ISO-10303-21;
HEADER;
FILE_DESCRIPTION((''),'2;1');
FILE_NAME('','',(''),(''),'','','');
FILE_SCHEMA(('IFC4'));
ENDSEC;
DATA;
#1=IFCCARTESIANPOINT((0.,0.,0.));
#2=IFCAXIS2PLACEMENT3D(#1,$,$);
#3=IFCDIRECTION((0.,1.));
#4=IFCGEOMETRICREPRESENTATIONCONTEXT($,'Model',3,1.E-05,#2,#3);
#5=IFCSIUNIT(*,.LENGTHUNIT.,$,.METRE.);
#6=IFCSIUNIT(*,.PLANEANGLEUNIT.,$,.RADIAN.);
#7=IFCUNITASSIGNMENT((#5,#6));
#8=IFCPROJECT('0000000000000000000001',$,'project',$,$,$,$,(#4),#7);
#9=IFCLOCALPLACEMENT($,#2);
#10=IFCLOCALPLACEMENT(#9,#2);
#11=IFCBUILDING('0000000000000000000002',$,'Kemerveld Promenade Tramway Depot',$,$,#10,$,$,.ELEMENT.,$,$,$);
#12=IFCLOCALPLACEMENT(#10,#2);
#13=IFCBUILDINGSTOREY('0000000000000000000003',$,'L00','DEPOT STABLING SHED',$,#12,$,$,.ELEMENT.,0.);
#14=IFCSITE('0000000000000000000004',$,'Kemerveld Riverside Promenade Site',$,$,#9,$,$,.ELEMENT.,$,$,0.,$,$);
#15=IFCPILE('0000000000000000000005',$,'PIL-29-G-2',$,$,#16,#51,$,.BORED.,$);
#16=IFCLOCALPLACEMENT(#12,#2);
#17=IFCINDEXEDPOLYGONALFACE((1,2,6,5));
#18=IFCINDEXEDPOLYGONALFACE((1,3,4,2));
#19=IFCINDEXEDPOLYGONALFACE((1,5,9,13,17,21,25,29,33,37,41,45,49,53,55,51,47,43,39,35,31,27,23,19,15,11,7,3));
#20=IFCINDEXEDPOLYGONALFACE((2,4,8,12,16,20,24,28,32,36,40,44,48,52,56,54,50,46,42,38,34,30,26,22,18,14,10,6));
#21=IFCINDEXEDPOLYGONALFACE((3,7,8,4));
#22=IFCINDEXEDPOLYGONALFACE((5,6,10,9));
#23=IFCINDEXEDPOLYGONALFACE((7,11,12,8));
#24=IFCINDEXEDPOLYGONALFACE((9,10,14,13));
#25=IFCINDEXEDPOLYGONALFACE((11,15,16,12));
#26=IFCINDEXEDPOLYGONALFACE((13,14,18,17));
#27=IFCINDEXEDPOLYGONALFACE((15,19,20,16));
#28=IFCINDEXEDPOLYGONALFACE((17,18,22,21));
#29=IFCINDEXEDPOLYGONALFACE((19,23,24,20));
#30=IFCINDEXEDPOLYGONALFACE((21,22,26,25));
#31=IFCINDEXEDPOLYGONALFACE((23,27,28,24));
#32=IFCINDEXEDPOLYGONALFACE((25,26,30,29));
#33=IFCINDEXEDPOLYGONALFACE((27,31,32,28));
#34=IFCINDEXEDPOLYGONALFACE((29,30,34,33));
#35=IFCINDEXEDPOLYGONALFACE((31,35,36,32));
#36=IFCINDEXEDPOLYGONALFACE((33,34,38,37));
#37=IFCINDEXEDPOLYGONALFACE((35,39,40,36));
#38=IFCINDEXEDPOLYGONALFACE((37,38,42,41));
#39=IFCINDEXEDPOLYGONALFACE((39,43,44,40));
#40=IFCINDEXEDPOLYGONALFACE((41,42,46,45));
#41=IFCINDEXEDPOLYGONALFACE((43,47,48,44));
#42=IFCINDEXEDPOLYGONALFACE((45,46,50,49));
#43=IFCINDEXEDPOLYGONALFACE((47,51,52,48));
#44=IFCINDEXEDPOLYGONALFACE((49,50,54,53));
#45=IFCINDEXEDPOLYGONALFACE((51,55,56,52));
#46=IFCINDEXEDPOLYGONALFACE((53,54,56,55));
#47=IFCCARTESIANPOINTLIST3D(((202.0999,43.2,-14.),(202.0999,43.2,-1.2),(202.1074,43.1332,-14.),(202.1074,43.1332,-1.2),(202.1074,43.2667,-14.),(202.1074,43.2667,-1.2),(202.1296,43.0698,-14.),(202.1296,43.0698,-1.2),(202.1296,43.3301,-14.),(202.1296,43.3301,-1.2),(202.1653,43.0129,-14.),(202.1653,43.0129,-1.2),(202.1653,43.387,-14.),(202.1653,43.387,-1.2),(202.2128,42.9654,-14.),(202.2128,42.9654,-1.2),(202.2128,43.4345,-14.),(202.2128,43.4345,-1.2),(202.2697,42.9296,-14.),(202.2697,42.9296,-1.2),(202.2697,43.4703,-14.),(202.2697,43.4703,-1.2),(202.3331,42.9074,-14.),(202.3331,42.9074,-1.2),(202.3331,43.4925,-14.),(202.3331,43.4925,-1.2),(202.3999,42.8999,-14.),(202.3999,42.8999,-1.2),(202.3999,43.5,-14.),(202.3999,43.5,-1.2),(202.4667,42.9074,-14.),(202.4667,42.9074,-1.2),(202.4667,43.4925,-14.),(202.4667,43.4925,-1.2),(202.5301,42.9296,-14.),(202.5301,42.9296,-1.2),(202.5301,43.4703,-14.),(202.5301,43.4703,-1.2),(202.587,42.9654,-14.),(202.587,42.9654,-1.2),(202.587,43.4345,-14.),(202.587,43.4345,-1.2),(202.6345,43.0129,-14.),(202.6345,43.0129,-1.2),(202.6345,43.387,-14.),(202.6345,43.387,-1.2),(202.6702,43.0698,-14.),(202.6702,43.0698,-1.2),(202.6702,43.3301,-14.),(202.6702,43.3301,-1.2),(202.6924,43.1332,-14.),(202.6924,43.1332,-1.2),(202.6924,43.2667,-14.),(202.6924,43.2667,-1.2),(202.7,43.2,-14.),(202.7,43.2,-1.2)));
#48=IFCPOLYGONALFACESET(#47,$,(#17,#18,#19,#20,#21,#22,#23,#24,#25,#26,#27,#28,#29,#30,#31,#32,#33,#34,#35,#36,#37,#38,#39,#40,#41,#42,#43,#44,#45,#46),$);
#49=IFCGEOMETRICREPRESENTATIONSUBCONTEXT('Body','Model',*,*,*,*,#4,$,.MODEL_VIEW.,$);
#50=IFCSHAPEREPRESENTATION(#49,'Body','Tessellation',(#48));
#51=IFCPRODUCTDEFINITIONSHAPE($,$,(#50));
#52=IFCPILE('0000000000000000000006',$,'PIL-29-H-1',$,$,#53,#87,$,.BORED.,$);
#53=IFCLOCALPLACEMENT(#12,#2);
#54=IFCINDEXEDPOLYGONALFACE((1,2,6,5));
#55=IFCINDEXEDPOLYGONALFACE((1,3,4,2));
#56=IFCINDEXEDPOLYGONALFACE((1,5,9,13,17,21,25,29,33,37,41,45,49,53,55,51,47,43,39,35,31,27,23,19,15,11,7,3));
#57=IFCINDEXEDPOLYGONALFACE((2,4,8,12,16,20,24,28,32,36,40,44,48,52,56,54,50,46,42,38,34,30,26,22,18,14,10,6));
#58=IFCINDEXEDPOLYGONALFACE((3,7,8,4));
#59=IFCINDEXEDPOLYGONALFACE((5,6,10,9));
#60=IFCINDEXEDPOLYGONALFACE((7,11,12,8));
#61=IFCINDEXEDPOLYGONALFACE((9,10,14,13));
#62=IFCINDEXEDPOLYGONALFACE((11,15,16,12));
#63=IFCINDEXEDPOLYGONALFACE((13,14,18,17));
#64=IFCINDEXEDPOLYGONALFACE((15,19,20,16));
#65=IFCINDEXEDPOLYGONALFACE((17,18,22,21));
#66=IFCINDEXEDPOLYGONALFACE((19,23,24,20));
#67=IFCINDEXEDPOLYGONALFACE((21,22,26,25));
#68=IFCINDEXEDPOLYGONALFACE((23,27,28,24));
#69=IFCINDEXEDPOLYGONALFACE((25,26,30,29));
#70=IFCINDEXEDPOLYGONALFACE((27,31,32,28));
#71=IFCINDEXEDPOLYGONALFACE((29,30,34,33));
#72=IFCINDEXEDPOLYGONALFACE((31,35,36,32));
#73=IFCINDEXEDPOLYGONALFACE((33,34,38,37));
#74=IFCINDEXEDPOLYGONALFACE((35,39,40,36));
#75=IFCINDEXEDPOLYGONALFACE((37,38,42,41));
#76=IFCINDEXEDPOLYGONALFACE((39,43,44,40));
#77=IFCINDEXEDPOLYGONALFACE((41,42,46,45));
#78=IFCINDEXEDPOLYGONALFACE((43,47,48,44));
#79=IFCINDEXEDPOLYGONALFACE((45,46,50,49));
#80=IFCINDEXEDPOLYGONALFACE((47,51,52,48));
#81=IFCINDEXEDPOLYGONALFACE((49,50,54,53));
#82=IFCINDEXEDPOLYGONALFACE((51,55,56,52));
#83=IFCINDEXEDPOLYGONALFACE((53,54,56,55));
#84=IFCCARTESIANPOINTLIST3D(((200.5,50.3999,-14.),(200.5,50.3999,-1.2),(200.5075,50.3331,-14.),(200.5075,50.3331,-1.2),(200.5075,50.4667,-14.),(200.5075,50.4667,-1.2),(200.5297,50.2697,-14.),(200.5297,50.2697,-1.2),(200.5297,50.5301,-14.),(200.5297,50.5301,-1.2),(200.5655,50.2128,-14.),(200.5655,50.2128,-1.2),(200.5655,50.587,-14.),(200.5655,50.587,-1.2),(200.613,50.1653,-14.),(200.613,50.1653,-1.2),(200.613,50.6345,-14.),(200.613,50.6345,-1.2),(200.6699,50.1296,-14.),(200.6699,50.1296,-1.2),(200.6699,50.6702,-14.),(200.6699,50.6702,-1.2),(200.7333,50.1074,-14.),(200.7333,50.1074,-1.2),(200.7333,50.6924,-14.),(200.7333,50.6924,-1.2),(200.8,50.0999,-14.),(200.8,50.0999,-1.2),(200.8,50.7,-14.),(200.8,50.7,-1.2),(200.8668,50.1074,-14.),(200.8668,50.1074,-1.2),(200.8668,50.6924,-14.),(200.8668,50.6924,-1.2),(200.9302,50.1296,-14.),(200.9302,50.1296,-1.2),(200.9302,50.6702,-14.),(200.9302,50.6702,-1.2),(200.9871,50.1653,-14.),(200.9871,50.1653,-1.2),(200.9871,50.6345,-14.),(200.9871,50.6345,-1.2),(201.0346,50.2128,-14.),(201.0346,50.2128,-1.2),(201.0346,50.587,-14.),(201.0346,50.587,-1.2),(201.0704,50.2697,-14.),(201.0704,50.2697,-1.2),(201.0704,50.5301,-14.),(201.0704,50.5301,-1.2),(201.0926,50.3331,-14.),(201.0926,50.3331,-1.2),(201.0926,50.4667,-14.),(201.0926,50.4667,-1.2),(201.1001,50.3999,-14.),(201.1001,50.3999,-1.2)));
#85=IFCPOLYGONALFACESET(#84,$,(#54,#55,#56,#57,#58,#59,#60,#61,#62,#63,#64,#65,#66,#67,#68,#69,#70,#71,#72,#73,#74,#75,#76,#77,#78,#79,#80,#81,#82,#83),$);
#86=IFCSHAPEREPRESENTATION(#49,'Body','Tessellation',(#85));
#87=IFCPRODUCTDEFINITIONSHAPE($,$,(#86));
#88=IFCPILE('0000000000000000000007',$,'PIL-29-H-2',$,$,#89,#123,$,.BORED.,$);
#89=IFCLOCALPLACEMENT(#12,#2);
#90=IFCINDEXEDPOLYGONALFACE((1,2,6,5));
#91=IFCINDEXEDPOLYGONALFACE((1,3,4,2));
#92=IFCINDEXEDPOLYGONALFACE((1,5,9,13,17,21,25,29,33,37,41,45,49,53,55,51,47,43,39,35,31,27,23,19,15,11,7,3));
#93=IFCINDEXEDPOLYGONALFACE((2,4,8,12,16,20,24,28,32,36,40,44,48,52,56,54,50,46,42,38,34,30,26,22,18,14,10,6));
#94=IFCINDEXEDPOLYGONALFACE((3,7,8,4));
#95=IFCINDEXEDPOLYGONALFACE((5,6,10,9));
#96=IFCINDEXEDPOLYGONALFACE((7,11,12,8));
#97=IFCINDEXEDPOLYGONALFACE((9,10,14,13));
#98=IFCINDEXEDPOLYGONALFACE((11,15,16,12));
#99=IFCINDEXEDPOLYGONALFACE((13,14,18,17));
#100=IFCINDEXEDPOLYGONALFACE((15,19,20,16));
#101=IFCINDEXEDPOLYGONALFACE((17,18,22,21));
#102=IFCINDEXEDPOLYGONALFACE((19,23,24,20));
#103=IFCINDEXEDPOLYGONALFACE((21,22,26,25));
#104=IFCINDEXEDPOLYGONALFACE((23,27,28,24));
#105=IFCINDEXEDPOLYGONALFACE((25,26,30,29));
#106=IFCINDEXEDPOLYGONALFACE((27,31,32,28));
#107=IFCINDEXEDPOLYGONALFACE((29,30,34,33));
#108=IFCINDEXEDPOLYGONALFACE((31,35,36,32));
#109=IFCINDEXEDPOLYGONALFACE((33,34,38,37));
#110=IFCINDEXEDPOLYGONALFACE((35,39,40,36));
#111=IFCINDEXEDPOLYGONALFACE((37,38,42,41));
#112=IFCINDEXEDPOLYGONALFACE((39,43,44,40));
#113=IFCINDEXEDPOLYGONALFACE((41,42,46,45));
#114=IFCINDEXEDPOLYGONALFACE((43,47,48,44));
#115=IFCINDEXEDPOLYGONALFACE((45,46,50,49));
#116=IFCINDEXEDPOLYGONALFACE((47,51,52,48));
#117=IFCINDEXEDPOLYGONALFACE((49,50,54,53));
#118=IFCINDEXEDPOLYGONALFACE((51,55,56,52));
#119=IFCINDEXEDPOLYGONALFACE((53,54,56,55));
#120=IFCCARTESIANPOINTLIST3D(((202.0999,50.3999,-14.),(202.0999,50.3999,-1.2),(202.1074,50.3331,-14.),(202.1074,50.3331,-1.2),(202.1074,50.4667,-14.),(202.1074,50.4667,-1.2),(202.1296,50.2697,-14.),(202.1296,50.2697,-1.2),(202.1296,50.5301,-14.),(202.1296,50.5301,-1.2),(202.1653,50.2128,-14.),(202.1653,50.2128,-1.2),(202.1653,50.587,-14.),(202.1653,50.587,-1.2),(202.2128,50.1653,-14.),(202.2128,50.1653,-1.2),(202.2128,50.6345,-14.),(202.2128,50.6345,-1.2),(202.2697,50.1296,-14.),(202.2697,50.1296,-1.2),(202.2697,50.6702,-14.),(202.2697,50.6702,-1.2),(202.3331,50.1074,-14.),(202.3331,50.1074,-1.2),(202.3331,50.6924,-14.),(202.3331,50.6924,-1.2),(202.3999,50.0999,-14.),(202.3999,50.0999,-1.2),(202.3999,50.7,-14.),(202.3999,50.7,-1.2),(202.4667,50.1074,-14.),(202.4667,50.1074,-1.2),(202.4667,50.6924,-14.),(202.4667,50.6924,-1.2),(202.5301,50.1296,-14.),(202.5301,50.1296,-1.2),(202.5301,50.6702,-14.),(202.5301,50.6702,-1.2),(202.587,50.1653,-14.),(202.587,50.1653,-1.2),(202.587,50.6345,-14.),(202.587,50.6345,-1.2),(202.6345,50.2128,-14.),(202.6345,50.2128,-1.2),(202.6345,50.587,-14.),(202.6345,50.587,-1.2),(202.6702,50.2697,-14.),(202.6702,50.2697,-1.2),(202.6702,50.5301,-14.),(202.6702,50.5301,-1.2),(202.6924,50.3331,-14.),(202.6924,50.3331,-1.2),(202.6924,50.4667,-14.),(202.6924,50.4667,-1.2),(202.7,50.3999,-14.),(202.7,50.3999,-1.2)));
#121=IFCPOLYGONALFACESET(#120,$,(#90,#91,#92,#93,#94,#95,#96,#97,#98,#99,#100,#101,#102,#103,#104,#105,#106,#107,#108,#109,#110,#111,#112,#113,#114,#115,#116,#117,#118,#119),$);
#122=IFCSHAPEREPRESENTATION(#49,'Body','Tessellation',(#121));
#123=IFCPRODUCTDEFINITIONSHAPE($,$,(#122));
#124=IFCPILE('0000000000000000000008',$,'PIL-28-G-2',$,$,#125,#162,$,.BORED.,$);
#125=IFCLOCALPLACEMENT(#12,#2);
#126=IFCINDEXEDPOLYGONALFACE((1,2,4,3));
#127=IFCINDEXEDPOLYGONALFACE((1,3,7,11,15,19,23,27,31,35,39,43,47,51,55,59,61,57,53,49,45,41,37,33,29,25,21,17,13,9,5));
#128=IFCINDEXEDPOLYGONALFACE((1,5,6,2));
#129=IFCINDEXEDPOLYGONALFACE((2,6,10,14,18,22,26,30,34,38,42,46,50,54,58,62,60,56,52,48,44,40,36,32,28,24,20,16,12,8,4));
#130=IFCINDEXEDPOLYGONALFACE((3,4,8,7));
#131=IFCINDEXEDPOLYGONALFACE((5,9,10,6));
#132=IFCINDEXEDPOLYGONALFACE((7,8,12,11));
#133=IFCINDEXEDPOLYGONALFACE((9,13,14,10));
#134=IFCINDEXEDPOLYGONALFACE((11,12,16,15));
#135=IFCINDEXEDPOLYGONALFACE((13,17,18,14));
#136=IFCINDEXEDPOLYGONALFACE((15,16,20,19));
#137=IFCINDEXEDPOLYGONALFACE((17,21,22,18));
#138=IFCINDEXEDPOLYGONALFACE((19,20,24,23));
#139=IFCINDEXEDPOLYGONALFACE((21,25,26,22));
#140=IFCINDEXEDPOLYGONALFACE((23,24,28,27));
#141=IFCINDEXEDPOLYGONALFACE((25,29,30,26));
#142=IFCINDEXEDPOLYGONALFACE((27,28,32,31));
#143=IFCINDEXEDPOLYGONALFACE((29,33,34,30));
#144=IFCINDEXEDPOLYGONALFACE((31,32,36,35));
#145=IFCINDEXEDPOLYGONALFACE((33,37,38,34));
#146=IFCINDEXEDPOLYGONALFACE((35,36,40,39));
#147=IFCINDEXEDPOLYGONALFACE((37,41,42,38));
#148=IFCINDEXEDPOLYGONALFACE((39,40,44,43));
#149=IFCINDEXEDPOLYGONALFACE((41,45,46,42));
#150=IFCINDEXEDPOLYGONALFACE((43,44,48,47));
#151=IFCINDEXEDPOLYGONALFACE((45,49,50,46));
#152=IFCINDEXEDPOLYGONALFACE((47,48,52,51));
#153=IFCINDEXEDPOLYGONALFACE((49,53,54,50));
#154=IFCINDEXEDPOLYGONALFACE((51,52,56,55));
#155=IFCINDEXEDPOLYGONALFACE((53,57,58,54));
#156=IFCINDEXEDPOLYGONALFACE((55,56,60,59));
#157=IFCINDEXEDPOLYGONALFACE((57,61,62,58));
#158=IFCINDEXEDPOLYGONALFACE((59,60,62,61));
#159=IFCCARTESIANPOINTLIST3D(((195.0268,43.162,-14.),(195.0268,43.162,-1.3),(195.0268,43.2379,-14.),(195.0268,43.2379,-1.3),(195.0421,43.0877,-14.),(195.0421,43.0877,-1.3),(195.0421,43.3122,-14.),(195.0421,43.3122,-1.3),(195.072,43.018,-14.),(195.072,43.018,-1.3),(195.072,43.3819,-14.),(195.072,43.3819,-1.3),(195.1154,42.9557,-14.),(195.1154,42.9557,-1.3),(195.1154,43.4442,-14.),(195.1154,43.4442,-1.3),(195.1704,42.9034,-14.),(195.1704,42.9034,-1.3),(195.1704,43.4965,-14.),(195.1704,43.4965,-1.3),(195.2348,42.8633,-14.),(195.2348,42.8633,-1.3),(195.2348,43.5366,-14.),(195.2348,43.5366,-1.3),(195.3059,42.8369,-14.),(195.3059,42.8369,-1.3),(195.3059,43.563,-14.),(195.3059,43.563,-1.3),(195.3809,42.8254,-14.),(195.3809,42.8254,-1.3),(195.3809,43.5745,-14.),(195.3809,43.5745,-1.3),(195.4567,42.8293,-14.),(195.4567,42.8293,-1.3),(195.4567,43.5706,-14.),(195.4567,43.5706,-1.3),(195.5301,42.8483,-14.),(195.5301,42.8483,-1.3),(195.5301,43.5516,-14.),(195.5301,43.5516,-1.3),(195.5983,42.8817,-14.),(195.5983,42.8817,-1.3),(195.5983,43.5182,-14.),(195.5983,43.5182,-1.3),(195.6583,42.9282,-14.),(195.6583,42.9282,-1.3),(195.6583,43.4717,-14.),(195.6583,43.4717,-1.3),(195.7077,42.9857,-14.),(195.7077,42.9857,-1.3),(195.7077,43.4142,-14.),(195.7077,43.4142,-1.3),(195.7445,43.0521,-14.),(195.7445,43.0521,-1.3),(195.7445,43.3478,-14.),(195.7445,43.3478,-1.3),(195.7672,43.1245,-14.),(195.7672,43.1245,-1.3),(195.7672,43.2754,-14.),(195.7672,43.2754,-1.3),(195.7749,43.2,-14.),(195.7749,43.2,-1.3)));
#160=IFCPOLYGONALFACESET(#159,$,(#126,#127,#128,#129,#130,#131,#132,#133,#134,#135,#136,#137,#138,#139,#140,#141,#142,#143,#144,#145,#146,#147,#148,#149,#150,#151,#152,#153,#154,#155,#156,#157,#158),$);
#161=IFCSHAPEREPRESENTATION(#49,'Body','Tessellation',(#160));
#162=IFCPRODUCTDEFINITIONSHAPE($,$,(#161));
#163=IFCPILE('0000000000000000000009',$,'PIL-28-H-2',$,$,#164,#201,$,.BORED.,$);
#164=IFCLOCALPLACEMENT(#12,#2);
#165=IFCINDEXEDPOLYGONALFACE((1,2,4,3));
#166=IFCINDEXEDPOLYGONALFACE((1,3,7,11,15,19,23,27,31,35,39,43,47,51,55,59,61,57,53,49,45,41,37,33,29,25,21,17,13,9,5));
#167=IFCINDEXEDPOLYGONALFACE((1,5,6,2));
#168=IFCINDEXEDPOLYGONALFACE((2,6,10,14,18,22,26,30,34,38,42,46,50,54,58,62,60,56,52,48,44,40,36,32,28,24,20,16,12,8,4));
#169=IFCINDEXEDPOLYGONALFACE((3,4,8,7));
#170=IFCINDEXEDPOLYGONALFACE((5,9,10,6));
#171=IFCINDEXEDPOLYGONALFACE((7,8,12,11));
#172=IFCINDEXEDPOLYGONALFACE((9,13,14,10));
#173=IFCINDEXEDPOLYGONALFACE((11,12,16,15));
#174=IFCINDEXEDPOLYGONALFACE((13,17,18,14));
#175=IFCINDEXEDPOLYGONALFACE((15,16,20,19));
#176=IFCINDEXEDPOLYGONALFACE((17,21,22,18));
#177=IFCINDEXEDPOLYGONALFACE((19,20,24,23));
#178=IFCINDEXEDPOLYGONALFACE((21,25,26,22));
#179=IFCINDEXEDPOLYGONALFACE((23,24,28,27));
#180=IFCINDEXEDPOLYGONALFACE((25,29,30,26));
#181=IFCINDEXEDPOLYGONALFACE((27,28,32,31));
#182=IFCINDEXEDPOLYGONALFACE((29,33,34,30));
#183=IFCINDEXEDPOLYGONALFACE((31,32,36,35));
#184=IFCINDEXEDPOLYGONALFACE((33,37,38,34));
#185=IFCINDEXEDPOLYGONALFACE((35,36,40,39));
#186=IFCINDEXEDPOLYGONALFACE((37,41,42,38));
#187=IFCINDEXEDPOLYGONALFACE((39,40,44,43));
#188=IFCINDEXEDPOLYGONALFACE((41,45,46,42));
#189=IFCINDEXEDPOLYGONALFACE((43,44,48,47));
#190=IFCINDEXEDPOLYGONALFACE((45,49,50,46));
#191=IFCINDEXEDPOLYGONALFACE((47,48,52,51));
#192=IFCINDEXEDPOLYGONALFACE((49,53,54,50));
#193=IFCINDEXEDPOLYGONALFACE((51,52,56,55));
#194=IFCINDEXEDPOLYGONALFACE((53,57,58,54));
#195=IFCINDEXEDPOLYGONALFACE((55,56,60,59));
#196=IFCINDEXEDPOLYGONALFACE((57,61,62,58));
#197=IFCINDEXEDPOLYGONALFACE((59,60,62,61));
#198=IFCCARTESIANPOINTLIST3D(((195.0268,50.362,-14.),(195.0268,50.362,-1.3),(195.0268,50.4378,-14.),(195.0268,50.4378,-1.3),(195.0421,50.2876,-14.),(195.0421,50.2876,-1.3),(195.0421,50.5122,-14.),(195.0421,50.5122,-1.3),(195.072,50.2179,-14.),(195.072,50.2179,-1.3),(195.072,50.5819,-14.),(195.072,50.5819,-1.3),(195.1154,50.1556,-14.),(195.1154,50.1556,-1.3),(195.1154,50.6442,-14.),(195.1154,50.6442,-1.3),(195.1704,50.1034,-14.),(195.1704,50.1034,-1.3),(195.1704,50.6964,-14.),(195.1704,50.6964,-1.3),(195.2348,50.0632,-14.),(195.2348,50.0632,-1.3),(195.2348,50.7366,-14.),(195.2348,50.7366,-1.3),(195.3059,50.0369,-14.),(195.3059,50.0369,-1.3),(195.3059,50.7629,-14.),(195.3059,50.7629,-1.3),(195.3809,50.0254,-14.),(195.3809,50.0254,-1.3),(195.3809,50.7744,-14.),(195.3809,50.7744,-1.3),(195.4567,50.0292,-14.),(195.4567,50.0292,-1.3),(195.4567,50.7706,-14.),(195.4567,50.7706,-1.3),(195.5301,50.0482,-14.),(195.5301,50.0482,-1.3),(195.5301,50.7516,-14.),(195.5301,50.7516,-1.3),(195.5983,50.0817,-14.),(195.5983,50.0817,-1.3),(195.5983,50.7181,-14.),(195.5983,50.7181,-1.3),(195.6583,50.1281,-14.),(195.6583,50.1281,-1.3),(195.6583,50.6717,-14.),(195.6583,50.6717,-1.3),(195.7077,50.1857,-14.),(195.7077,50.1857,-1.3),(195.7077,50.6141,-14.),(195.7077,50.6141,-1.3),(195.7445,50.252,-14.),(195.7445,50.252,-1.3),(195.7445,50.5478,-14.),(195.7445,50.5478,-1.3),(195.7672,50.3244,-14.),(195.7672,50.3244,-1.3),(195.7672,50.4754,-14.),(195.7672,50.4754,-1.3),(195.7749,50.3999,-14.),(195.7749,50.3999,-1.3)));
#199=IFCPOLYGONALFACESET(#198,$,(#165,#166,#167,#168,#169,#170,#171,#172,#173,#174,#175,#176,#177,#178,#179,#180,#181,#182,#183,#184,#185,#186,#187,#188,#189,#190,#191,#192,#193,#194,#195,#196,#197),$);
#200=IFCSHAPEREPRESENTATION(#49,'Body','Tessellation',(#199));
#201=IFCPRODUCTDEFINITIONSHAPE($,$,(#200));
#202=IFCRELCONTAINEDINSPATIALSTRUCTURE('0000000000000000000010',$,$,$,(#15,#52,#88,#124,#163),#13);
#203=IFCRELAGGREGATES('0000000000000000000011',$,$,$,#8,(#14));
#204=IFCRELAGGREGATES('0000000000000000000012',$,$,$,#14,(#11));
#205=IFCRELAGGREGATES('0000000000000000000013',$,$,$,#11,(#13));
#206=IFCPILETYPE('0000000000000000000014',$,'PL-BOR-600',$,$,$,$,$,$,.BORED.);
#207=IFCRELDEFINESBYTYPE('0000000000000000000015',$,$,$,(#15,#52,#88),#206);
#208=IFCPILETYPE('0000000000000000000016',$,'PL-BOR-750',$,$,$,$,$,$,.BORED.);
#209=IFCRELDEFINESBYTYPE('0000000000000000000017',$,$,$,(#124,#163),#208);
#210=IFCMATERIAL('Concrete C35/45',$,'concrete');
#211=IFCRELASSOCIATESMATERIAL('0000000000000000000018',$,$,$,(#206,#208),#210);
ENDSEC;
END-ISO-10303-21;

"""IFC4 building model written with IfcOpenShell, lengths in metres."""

from ifc_helpers import new_model, si_unit, direction, frame, origin, origin_2d, place, context, subcontext, project, spatial, circle, extrude, material, material_profile, profile_set, type_object, element, save


model = new_model("IFC4")

# Units and contexts
model_context = context("Model", 3, precision=1e-05, world=origin(), true_north=direction((0.0, 1.0)))
body_context = subcontext(model_context, "Body", "Model", "MODEL_VIEW")
ifc_project = project(units=[si_unit("LENGTHUNIT", "METRE"), si_unit("PLANEANGLEUNIT", "RADIAN")], contexts=[model_context])

# Site, building, storey
site_placement = place(None, origin())
site = spatial("IfcSite", under=ifc_project, at=site_placement, Name="Kemerveld Riverside Promenade Site", CompositionType="ELEMENT", RefElevation=0.0)
building_placement = place(site_placement, origin())
building = spatial("IfcBuilding", under=site, at=building_placement, Name="Kemerveld Promenade Tramway Depot", CompositionType="ELEMENT")
storey_placement = place(building_placement, origin())
storey = spatial("IfcBuildingStorey", under=building, at=storey_placement, Name="L00", Description="DEPOT STABLING SHED", CompositionType="ELEMENT", Elevation=0.0)

# Shared definitions
ifc_material_1 = material(Name="Concrete C35/45", Category="concrete")

# Piles
ifc_material_profile_1 = material_profile(ifc_material_1, circle(Radius=0.3, at=origin_2d()), Name="PILE-D600")
ifc_profile_set_1 = profile_set([ifc_material_profile_1], Name="Concrete C35/45")
pile_type_1 = type_object("IfcPileType", Name="PL-BOR-600", PredefinedType="BORED", material=ifc_profile_set_1)
for number, where, z_axis, x_axis, name in (
    (1, (202.3999, 43.2, -1.2), (0.0, 0.0, -1.0), (1.0, 0.0, 0.0), "PIL-29-G-2"),
    (2, (200.8, 50.3999, -1.2), (0.0, 0.0, -1.0), (1.0, 0.0, 0.0), "PIL-29-H-1"),
    (3, (202.3999, 50.3999, -1.2), (0.0, 0.0, -1.0), (1.0, 0.0, 0.0), "PIL-29-H-2"),
):
    element("IfcPile", number, at=place(storey_placement, frame(where, z_axis=z_axis, x_axis=x_axis)), inside=storey, type_object=pile_type_1, Name=name, PredefinedType="BORED", context=body_context, shape_type="SweptSolid", body=[
        extrude(circle(Radius=0.3, at=origin_2d()), origin(), (0.0, 0.0, 1.0), 12.8),
    ])
ifc_material_profile_2 = material_profile(ifc_material_1, circle(Radius=0.375, at=origin_2d()), Name="PILE-D750")
ifc_profile_set_2 = profile_set([ifc_material_profile_2], Name="Concrete C35/45")
pile_type_2 = type_object("IfcPileType", Name="PL-BOR-750", PredefinedType="BORED", material=ifc_profile_set_2)
for number, where, z_axis, x_axis, name in (
    (4, (195.3999, 43.2, -1.3), (0.0, 0.0, -1.0), (1.0, 0.0, 0.0), "PIL-28-G-2"),
    (5, (195.3999, 50.3999, -1.3), (0.0, 0.0, -1.0), (1.0, 0.0, 0.0), "PIL-28-H-2"),
):
    element("IfcPile", number, at=place(storey_placement, frame(where, z_axis=z_axis, x_axis=x_axis)), inside=storey, type_object=pile_type_2, Name=name, PredefinedType="BORED", context=body_context, shape_type="SweptSolid", body=[
        extrude(circle(Radius=0.375, at=origin_2d()), origin(), (0.0, 0.0, 1.0), 12.7),
    ])

save(model, "model.ifc")
